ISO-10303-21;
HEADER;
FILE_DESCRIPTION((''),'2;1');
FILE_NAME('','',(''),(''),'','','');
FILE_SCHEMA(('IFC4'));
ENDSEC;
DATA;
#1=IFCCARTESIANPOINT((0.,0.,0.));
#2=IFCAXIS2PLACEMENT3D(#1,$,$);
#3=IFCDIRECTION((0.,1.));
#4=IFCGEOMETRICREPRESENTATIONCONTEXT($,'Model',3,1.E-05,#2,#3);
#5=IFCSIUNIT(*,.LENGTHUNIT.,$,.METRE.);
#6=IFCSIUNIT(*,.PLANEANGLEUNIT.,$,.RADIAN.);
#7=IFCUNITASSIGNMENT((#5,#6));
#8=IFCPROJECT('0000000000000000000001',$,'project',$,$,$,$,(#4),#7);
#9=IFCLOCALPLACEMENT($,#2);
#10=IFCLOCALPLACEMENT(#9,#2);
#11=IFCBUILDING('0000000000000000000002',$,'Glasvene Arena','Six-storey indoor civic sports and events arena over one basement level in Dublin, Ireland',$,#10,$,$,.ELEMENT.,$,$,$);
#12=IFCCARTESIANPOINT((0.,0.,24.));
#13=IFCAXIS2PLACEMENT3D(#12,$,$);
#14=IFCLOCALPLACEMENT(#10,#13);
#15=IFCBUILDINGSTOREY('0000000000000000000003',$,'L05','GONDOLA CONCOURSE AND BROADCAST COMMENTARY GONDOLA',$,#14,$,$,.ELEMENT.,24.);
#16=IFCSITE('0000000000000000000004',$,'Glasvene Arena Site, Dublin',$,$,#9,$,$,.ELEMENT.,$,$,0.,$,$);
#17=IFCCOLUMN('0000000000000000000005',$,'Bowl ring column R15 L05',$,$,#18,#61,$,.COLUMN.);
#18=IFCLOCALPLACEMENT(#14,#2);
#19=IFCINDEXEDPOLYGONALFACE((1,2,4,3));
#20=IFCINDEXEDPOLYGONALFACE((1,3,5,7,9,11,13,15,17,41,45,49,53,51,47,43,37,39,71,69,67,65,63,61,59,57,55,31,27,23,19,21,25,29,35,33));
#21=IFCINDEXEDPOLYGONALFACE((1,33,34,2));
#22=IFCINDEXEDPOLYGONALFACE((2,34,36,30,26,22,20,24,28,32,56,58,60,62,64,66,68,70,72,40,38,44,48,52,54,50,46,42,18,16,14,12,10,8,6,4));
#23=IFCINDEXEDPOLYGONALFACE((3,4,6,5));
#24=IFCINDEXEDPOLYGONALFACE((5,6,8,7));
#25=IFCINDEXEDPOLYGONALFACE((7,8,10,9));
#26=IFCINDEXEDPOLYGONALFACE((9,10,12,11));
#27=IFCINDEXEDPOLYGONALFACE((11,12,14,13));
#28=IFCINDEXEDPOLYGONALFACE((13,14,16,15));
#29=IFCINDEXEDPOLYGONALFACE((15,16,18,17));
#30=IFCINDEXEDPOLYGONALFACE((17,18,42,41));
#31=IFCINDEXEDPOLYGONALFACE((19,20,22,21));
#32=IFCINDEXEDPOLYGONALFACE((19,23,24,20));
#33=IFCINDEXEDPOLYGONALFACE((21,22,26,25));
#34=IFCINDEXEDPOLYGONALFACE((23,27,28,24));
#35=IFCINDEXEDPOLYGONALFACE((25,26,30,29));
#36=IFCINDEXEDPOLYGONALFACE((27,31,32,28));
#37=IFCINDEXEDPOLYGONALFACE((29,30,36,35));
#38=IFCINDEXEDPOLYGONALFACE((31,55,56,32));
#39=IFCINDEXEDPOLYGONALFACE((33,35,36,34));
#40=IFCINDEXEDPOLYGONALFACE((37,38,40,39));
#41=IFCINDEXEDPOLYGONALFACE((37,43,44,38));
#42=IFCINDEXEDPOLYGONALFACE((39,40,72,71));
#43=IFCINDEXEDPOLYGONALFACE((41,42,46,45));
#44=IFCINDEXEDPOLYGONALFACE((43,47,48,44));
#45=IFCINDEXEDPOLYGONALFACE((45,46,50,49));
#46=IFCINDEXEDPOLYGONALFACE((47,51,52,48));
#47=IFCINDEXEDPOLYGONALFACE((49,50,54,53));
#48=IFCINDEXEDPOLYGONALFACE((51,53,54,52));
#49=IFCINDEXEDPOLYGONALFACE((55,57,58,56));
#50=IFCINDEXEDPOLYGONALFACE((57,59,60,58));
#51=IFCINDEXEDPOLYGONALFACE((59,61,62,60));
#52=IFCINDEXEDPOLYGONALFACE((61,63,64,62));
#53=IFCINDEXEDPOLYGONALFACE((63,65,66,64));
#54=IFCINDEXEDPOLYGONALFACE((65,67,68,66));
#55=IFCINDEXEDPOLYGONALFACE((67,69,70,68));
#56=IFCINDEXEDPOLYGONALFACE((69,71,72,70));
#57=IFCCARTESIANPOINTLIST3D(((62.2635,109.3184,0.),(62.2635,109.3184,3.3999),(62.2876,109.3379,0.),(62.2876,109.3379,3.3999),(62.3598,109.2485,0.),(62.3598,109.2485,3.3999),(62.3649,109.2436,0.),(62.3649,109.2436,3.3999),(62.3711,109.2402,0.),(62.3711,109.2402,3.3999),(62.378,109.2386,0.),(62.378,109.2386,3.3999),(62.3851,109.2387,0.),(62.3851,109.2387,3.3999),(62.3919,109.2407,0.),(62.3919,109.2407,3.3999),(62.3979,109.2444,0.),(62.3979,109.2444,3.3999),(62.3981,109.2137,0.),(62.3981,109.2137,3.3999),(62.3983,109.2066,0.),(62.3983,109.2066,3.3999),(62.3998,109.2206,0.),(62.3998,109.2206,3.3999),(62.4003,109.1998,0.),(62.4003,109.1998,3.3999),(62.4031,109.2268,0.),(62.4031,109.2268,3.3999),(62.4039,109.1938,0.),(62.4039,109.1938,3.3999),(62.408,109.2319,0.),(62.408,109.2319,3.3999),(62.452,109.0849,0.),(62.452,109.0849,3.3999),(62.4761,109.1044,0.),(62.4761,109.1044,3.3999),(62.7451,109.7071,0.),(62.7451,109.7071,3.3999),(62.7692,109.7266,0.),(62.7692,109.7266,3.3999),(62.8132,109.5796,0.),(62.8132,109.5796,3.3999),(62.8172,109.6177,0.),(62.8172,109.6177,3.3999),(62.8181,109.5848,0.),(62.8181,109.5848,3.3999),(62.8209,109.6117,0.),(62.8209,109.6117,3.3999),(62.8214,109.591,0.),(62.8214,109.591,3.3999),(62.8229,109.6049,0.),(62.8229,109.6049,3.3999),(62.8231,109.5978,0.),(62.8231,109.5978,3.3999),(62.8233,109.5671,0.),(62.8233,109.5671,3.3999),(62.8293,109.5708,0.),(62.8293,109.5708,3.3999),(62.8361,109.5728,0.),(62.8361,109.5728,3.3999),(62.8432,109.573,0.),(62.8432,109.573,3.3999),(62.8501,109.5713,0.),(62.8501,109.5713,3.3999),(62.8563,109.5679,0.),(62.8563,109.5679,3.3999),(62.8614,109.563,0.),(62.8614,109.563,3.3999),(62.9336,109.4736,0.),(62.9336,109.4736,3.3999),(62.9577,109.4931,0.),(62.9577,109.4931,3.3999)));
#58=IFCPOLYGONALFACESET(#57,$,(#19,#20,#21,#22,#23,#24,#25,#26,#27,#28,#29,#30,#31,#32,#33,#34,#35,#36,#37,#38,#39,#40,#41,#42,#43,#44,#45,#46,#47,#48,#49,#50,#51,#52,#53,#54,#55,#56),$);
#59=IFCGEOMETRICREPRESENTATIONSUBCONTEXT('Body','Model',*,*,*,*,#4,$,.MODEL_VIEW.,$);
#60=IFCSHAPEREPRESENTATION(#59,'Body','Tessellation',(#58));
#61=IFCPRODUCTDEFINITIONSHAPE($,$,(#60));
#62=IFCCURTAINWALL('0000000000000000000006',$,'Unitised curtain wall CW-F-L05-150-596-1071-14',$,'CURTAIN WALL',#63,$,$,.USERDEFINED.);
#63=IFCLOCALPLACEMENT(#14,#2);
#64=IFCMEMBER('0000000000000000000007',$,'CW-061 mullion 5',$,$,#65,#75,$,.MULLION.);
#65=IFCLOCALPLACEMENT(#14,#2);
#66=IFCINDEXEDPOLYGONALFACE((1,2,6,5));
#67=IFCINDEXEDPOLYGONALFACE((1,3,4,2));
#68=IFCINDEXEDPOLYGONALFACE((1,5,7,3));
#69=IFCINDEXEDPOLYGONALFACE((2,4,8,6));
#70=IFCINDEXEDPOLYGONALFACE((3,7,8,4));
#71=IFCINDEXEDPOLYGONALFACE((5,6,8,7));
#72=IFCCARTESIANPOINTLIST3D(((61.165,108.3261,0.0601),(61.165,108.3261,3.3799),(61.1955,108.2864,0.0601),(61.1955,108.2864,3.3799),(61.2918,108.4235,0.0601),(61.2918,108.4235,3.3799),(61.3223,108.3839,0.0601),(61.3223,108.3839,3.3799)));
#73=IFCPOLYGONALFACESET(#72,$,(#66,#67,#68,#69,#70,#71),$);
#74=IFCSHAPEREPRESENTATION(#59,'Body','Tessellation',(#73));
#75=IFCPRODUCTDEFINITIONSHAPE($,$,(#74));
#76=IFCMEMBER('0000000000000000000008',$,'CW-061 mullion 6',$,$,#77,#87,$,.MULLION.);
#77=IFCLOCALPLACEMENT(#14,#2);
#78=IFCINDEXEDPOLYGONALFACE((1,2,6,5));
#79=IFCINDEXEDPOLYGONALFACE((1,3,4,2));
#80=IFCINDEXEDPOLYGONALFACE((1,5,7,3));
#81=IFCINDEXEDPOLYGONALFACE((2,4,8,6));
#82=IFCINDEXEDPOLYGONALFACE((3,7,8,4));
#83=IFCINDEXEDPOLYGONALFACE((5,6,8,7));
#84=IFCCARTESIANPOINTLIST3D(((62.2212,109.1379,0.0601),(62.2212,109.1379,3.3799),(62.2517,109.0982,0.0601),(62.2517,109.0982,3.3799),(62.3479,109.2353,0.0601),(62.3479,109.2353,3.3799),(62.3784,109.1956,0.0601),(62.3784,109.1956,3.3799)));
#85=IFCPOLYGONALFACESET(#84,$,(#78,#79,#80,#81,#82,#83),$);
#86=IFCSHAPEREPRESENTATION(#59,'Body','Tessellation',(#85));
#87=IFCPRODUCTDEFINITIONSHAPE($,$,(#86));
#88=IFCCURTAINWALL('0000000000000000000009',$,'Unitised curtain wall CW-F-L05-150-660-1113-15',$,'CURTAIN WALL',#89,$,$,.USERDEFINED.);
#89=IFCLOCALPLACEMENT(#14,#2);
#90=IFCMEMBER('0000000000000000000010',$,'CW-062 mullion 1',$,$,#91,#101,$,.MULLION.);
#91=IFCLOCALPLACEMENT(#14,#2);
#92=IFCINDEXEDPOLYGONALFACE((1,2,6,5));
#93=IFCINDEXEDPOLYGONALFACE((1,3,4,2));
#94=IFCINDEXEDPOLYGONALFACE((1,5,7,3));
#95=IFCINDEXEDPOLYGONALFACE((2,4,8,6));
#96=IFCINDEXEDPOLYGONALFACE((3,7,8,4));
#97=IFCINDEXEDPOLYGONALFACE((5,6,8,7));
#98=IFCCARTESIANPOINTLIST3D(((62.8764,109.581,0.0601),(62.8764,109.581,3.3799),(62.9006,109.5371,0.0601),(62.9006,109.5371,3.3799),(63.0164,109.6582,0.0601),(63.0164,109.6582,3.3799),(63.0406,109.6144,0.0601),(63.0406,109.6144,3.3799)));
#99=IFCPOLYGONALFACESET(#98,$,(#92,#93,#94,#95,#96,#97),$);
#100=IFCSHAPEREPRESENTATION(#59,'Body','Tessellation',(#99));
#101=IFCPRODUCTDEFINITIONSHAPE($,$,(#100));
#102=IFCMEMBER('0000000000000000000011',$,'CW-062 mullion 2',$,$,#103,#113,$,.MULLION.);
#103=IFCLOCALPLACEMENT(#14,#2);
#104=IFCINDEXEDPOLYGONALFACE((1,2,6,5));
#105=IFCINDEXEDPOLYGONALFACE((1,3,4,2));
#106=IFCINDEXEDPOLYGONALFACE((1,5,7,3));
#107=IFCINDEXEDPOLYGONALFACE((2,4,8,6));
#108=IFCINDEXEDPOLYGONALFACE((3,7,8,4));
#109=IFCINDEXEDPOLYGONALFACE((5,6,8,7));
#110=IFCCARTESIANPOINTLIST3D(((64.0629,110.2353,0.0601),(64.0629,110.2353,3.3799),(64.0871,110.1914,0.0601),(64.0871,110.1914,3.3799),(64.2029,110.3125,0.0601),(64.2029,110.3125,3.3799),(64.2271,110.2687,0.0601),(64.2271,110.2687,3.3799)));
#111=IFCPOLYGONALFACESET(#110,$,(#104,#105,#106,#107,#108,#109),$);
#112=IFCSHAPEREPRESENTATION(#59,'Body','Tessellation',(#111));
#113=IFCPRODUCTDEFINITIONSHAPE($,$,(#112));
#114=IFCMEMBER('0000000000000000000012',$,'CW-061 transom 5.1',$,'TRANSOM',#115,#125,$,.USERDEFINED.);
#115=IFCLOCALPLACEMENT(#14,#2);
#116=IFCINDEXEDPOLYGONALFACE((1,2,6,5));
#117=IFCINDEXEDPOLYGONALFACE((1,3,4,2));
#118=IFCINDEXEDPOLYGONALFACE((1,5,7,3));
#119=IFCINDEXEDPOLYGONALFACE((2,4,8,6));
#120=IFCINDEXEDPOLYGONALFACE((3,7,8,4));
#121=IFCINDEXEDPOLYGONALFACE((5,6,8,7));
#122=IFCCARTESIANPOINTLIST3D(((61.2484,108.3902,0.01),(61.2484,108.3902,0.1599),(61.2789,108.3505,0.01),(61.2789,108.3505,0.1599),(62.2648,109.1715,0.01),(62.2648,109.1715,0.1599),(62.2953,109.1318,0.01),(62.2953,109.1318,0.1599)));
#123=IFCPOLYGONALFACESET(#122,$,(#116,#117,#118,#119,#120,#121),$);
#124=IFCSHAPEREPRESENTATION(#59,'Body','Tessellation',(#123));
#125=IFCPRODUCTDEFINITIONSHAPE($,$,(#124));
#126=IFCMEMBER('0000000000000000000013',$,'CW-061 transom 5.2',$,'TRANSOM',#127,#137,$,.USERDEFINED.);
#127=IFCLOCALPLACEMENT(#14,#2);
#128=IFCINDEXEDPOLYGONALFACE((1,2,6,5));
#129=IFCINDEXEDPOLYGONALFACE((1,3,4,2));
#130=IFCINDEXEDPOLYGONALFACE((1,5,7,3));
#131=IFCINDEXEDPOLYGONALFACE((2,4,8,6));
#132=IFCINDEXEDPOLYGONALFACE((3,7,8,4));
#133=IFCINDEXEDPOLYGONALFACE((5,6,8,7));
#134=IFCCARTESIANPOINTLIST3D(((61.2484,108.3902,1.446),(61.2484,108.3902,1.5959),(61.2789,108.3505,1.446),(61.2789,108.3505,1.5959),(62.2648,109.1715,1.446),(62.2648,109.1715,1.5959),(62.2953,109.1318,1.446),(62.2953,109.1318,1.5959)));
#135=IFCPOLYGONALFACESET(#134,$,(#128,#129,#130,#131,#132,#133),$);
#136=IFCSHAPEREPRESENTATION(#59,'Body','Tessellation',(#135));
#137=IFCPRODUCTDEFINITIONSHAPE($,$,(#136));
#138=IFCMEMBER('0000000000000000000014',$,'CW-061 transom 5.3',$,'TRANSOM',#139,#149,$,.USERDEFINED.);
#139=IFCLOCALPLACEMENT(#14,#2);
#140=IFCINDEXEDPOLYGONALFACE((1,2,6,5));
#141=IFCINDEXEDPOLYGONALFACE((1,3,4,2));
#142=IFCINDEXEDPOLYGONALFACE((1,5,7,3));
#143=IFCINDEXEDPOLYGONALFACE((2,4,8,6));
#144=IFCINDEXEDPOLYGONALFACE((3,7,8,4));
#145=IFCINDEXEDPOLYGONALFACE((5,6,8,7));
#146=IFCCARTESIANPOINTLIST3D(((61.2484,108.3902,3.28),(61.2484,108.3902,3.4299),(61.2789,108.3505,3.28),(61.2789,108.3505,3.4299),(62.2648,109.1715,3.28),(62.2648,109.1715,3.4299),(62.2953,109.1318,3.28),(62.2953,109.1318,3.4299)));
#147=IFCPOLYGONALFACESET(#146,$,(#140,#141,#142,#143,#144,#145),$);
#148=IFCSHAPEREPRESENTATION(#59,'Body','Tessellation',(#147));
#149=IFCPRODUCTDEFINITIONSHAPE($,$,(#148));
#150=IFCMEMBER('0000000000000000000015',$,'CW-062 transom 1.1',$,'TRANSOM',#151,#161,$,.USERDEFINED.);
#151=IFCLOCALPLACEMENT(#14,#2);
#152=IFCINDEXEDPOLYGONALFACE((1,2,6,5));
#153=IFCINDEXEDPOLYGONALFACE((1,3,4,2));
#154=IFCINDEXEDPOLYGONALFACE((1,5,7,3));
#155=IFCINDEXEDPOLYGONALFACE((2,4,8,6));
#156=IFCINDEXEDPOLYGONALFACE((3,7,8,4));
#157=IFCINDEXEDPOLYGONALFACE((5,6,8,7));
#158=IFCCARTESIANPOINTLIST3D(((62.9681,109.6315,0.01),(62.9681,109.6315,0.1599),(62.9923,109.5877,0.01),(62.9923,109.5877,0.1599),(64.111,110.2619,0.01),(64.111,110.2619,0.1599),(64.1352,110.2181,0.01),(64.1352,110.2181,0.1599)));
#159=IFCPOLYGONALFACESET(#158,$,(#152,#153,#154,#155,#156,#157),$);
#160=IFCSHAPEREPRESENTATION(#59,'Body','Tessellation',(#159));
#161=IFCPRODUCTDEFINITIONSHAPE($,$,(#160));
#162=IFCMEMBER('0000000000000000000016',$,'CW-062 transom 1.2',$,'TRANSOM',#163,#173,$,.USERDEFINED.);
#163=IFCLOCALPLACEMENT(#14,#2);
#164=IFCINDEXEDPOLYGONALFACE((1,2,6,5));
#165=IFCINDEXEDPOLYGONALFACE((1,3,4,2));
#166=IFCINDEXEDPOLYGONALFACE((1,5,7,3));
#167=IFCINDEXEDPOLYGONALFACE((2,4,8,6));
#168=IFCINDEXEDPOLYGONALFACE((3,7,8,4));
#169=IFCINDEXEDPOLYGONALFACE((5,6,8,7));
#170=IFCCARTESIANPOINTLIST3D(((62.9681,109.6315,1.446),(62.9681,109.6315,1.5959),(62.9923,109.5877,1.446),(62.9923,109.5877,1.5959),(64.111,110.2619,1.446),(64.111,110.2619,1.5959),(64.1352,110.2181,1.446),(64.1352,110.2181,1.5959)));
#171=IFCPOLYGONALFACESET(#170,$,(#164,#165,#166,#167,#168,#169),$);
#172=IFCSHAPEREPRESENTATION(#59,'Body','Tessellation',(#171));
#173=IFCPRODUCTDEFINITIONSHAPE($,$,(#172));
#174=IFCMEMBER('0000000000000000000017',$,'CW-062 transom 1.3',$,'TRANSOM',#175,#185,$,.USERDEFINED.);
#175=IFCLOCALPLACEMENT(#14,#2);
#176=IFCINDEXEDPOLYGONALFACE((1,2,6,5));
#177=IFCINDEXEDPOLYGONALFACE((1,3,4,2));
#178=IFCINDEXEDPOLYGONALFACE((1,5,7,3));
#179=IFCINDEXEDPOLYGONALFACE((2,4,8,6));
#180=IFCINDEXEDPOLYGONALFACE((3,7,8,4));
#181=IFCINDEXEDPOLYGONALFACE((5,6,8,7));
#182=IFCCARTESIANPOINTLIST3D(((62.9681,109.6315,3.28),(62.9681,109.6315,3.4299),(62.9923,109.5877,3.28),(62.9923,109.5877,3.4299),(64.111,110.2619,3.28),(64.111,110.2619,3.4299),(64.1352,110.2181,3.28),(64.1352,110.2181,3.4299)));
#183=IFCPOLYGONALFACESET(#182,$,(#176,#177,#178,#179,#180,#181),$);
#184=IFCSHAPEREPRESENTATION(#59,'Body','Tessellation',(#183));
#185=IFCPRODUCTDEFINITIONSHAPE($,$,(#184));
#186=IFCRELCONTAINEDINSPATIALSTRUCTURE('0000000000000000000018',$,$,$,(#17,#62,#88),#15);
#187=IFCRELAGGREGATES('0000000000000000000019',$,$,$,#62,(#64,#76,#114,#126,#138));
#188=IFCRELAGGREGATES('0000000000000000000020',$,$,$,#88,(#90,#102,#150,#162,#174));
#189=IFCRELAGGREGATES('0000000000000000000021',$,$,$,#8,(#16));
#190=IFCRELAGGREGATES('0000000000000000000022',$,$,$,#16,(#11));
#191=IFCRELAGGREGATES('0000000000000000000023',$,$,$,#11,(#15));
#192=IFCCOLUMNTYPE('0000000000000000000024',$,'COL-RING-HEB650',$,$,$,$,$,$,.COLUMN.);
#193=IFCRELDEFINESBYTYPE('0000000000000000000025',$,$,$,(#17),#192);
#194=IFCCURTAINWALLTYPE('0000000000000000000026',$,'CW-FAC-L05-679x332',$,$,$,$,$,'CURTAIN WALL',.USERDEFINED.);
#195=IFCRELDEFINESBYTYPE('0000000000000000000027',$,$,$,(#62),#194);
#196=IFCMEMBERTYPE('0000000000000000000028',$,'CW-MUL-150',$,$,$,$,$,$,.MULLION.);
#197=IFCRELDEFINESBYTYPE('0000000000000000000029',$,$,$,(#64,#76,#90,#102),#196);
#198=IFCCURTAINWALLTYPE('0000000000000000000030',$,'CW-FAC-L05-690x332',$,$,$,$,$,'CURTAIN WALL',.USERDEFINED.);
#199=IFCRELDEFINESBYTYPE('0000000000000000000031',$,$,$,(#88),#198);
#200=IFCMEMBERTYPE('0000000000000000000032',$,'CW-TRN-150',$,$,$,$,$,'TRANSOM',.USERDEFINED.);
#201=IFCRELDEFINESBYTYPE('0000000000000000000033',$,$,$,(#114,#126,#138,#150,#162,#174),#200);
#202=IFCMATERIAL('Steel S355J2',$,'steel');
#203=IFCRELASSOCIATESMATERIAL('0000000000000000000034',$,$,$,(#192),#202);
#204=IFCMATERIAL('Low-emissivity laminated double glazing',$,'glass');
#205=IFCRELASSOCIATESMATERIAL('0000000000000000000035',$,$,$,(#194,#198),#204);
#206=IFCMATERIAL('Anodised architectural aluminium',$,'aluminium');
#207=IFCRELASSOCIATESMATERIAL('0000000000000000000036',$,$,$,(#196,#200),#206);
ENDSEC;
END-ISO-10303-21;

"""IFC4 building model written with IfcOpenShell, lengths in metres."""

from ifc_helpers import new_model, si_unit, direction, frame, origin, origin_2d, place, context, subcontext, project, spatial, rectangle, i_section, extrude, material, material_profile, profile_set, type_object, element, aggregate, save


model = new_model("IFC4")

# Units and contexts
model_context = context("Model", 3, precision=1e-05, world=origin(), true_north=direction((0.0, 1.0)))
body_context = subcontext(model_context, "Body", "Model", "MODEL_VIEW")
ifc_project = project(units=[si_unit("LENGTHUNIT", "METRE"), si_unit("PLANEANGLEUNIT", "RADIAN")], contexts=[model_context])

# Site, building, storey
site_placement = place(None, origin())
site = spatial("IfcSite", under=ifc_project, at=site_placement, Name="Glasvene Arena Site, Dublin", CompositionType="ELEMENT", RefElevation=0.0)
building_placement = place(site_placement, origin())
building = spatial("IfcBuilding", under=site, at=building_placement, Name="Glasvene Arena", Description="Six-storey indoor civic sports and events arena over one basement level in Dublin, Ireland", CompositionType="ELEMENT")
storey_placement = place(building_placement, frame((0.0, 0.0, 24.0)))
storey = spatial("IfcBuildingStorey", under=building, at=storey_placement, Name="L05", Description="GONDOLA CONCOURSE AND BROADCAST COMMENTARY GONDOLA", CompositionType="ELEMENT", Elevation=24.0)

# Column
ifc_material_1 = material(Name="Steel S355J2", Category="steel")
ifc_material_profile_1 = material_profile(ifc_material_1, i_section(OverallWidth=0.3, OverallDepth=0.6499, WebThickness=0.0161, FlangeThickness=0.031, FilletRadius=0.0271, at=origin_2d()), Name="HEB 650")
ifc_profile_set_1 = profile_set([ifc_material_profile_1], Name="Steel S355J2")
column_type = type_object("IfcColumnType", Name="COL-RING-HEB650", PredefinedType="COLUMN", material=ifc_profile_set_1)
column_placement = place(storey_placement, frame((62.6106, 109.4058, 0.0), z_axis=(0.0, 0.0, 1.0), x_axis=(-0.628099, 0.778134, 0.0)))
element("IfcColumn", 1, at=column_placement, inside=storey, type_object=column_type, Name="Bowl ring column R15 L05", PredefinedType="COLUMN", context=body_context, shape_type="SweptSolid", body=[
    extrude(i_section(OverallWidth=0.3, OverallDepth=0.6499, WebThickness=0.0161, FlangeThickness=0.031, FilletRadius=0.0271, at=origin_2d()), origin(), (0.0, 0.0, 1.0), 3.3999),
])

# Curtain walls, members
ifc_material_2 = material(Name="Low-emissivity laminated double glazing", Category="glass")
curtain_wall_type_1 = type_object("IfcCurtainWallType", Name="CW-FAC-L05-679x332", ElementType="CURTAIN WALL", PredefinedType="USERDEFINED", material=ifc_material_2)
curtain_wall_1_placement = place(storey_placement, frame((56.9399, 105.0469, 0.0)))
curtain_wall_1 = element("IfcCurtainWall", 2, at=curtain_wall_1_placement, inside=storey, type_object=curtain_wall_type_1, Name="Unitised curtain wall CW-F-L05-150-596-1071-14", ObjectType="CURTAIN WALL", PredefinedType="USERDEFINED")
ifc_material_3 = material(Name="Anodised architectural aluminium", Category="aluminium")
ifc_material_profile_2 = material_profile(ifc_material_3, rectangle(XDim=0.05, YDim=0.1599, at=origin_2d()), Name="ALU MULLION 50x160")
ifc_profile_set_2 = profile_set([ifc_material_profile_2], Name="Anodised architectural aluminium")
member_type_1 = type_object("IfcMemberType", Name="CW-MUL-150", PredefinedType="MULLION", material=ifc_profile_set_2)
member_1_placement = place(storey_placement, frame((61.2437, 108.355, 0.0601), z_axis=(0.0, 0.0, 1.0), x_axis=(-0.60943, 0.79284, 0.0)))
member_1 = element("IfcMember", 3, at=member_1_placement, type_object=member_type_1, Name="CW-061 mullion 5", PredefinedType="MULLION", context=body_context, shape_type="SweptSolid", body=[
    extrude(rectangle(XDim=0.05, YDim=0.1599, at=origin_2d()), origin(), (0.0, 0.0, 1.0), 3.3198),
])
member_2_placement = place(storey_placement, frame((62.2998, 109.1667, 0.0601), z_axis=(0.0, 0.0, 1.0), x_axis=(-0.60943, 0.79284, 0.0)))
member_2 = element("IfcMember", 4, at=member_2_placement, type_object=member_type_1, Name="CW-061 mullion 6", PredefinedType="MULLION", context=body_context, shape_type="SweptSolid", body=[
    extrude(rectangle(XDim=0.05, YDim=0.1599, at=origin_2d()), origin(), (0.0, 0.0, 1.0), 3.3198),
])
curtain_wall_type_2 = type_object("IfcCurtainWallType", Name="CW-FAC-L05-690x332", ElementType="CURTAIN WALL", PredefinedType="USERDEFINED", material=ifc_material_2)
curtain_wall_2_placement = place(storey_placement, frame((62.9365, 109.5854, 0.0)))
curtain_wall_2 = element("IfcCurtainWall", 5, at=curtain_wall_2_placement, inside=storey, type_object=curtain_wall_type_2, Name="Unitised curtain wall CW-F-L05-150-660-1113-15", ObjectType="CURTAIN WALL", PredefinedType="USERDEFINED")
member_3_placement = place(storey_placement, frame((62.9585, 109.5977, 0.0601), z_axis=(0.0, 0.0, 1.0), x_axis=(-0.482939, 0.875654, 0.0)))
member_3 = element("IfcMember", 6, at=member_3_placement, type_object=member_type_1, Name="CW-062 mullion 1", PredefinedType="MULLION", context=body_context, shape_type="SweptSolid", body=[
    extrude(rectangle(XDim=0.05, YDim=0.1599, at=origin_2d()), origin(), (0.0, 0.0, 1.0), 3.3198),
])
member_4_placement = place(storey_placement, frame((64.145, 110.252, 0.0601), z_axis=(0.0, 0.0, 1.0), x_axis=(-0.482939, 0.875654, 0.0)))
member_4 = element("IfcMember", 7, at=member_4_placement, type_object=member_type_1, Name="CW-062 mullion 2", PredefinedType="MULLION", context=body_context, shape_type="SweptSolid", body=[
    extrude(rectangle(XDim=0.05, YDim=0.1599, at=origin_2d()), origin(), (0.0, 0.0, 1.0), 3.3198),
])

# Members
ifc_material_profile_3 = material_profile(ifc_material_3, rectangle(XDim=0.05, YDim=0.1499, at=origin_2d()), Name="ALU TRANSOM 50x150")
ifc_profile_set_3 = profile_set([ifc_material_profile_3], Name="Anodised architectural aluminium")
member_type_2 = type_object("IfcMemberType", Name="CW-TRN-150", ElementType="TRANSOM", PredefinedType="USERDEFINED", material=ifc_profile_set_3)
member_5_placement = place(storey_placement, frame((61.2637, 108.3704, 0.085), z_axis=(0.792836, 0.609435, 0.0), x_axis=(-0.609435, 0.792836, 0.0)))
member_5 = element("IfcMember", 8, at=member_5_placement, type_object=member_type_2, Name="CW-061 transom 5.1", ObjectType="TRANSOM", PredefinedType="USERDEFINED", context=body_context, shape_type="SweptSolid", body=[
    extrude(rectangle(XDim=0.05, YDim=0.1499, at=origin_2d()), origin(), (0.0, 0.0, 1.0), 1.282),
])
member_6_placement = place(storey_placement, frame((61.2637, 108.3704, 1.521), z_axis=(0.792836, 0.609435, 0.0), x_axis=(-0.609435, 0.792836, 0.0)))
member_6 = element("IfcMember", 9, at=member_6_placement, type_object=member_type_2, Name="CW-061 transom 5.2", ObjectType="TRANSOM", PredefinedType="USERDEFINED", context=body_context, shape_type="SweptSolid", body=[
    extrude(rectangle(XDim=0.05, YDim=0.1499, at=origin_2d()), origin(), (0.0, 0.0, 1.0), 1.282),
])
member_7_placement = place(storey_placement, frame((61.2637, 108.3704, 3.355), z_axis=(0.792836, 0.609435, 0.0), x_axis=(-0.609435, 0.792836, 0.0)))
member_7 = element("IfcMember", 10, at=member_7_placement, type_object=member_type_2, Name="CW-061 transom 5.3", ObjectType="TRANSOM", PredefinedType="USERDEFINED", context=body_context, shape_type="SweptSolid", body=[
    extrude(rectangle(XDim=0.05, YDim=0.1499, at=origin_2d()), origin(), (0.0, 0.0, 1.0), 1.282),
])
member_8_placement = place(storey_placement, frame((62.9802, 109.6096, 0.085), z_axis=(0.875627, 0.482988, 0.0), x_axis=(-0.482988, 0.875627, 0.0)))
member_8 = element("IfcMember", 11, at=member_8_placement, type_object=member_type_2, Name="CW-062 transom 1.1", ObjectType="TRANSOM", PredefinedType="USERDEFINED", context=body_context, shape_type="SweptSolid", body=[
    extrude(rectangle(XDim=0.05, YDim=0.1499, at=origin_2d()), origin(), (0.0, 0.0, 1.0), 1.3052),
])
member_9_placement = place(storey_placement, frame((62.9802, 109.6096, 1.521), z_axis=(0.875627, 0.482988, 0.0), x_axis=(-0.482988, 0.875627, 0.0)))
member_9 = element("IfcMember", 12, at=member_9_placement, type_object=member_type_2, Name="CW-062 transom 1.2", ObjectType="TRANSOM", PredefinedType="USERDEFINED", context=body_context, shape_type="SweptSolid", body=[
    extrude(rectangle(XDim=0.05, YDim=0.1499, at=origin_2d()), origin(), (0.0, 0.0, 1.0), 1.3052),
])
member_10_placement = place(storey_placement, frame((62.9802, 109.6096, 3.355), z_axis=(0.875627, 0.482988, 0.0), x_axis=(-0.482988, 0.875627, 0.0)))
member_10 = element("IfcMember", 13, at=member_10_placement, type_object=member_type_2, Name="CW-062 transom 1.3", ObjectType="TRANSOM", PredefinedType="USERDEFINED", context=body_context, shape_type="SweptSolid", body=[
    extrude(rectangle(XDim=0.05, YDim=0.1499, at=origin_2d()), origin(), (0.0, 0.0, 1.0), 1.3052),
])

aggregate(curtain_wall_1, [member_1, member_2, member_5, member_6, member_7])
aggregate(curtain_wall_2, [member_3, member_4, member_8, member_9, member_10])

save(model, "model.ifc")
